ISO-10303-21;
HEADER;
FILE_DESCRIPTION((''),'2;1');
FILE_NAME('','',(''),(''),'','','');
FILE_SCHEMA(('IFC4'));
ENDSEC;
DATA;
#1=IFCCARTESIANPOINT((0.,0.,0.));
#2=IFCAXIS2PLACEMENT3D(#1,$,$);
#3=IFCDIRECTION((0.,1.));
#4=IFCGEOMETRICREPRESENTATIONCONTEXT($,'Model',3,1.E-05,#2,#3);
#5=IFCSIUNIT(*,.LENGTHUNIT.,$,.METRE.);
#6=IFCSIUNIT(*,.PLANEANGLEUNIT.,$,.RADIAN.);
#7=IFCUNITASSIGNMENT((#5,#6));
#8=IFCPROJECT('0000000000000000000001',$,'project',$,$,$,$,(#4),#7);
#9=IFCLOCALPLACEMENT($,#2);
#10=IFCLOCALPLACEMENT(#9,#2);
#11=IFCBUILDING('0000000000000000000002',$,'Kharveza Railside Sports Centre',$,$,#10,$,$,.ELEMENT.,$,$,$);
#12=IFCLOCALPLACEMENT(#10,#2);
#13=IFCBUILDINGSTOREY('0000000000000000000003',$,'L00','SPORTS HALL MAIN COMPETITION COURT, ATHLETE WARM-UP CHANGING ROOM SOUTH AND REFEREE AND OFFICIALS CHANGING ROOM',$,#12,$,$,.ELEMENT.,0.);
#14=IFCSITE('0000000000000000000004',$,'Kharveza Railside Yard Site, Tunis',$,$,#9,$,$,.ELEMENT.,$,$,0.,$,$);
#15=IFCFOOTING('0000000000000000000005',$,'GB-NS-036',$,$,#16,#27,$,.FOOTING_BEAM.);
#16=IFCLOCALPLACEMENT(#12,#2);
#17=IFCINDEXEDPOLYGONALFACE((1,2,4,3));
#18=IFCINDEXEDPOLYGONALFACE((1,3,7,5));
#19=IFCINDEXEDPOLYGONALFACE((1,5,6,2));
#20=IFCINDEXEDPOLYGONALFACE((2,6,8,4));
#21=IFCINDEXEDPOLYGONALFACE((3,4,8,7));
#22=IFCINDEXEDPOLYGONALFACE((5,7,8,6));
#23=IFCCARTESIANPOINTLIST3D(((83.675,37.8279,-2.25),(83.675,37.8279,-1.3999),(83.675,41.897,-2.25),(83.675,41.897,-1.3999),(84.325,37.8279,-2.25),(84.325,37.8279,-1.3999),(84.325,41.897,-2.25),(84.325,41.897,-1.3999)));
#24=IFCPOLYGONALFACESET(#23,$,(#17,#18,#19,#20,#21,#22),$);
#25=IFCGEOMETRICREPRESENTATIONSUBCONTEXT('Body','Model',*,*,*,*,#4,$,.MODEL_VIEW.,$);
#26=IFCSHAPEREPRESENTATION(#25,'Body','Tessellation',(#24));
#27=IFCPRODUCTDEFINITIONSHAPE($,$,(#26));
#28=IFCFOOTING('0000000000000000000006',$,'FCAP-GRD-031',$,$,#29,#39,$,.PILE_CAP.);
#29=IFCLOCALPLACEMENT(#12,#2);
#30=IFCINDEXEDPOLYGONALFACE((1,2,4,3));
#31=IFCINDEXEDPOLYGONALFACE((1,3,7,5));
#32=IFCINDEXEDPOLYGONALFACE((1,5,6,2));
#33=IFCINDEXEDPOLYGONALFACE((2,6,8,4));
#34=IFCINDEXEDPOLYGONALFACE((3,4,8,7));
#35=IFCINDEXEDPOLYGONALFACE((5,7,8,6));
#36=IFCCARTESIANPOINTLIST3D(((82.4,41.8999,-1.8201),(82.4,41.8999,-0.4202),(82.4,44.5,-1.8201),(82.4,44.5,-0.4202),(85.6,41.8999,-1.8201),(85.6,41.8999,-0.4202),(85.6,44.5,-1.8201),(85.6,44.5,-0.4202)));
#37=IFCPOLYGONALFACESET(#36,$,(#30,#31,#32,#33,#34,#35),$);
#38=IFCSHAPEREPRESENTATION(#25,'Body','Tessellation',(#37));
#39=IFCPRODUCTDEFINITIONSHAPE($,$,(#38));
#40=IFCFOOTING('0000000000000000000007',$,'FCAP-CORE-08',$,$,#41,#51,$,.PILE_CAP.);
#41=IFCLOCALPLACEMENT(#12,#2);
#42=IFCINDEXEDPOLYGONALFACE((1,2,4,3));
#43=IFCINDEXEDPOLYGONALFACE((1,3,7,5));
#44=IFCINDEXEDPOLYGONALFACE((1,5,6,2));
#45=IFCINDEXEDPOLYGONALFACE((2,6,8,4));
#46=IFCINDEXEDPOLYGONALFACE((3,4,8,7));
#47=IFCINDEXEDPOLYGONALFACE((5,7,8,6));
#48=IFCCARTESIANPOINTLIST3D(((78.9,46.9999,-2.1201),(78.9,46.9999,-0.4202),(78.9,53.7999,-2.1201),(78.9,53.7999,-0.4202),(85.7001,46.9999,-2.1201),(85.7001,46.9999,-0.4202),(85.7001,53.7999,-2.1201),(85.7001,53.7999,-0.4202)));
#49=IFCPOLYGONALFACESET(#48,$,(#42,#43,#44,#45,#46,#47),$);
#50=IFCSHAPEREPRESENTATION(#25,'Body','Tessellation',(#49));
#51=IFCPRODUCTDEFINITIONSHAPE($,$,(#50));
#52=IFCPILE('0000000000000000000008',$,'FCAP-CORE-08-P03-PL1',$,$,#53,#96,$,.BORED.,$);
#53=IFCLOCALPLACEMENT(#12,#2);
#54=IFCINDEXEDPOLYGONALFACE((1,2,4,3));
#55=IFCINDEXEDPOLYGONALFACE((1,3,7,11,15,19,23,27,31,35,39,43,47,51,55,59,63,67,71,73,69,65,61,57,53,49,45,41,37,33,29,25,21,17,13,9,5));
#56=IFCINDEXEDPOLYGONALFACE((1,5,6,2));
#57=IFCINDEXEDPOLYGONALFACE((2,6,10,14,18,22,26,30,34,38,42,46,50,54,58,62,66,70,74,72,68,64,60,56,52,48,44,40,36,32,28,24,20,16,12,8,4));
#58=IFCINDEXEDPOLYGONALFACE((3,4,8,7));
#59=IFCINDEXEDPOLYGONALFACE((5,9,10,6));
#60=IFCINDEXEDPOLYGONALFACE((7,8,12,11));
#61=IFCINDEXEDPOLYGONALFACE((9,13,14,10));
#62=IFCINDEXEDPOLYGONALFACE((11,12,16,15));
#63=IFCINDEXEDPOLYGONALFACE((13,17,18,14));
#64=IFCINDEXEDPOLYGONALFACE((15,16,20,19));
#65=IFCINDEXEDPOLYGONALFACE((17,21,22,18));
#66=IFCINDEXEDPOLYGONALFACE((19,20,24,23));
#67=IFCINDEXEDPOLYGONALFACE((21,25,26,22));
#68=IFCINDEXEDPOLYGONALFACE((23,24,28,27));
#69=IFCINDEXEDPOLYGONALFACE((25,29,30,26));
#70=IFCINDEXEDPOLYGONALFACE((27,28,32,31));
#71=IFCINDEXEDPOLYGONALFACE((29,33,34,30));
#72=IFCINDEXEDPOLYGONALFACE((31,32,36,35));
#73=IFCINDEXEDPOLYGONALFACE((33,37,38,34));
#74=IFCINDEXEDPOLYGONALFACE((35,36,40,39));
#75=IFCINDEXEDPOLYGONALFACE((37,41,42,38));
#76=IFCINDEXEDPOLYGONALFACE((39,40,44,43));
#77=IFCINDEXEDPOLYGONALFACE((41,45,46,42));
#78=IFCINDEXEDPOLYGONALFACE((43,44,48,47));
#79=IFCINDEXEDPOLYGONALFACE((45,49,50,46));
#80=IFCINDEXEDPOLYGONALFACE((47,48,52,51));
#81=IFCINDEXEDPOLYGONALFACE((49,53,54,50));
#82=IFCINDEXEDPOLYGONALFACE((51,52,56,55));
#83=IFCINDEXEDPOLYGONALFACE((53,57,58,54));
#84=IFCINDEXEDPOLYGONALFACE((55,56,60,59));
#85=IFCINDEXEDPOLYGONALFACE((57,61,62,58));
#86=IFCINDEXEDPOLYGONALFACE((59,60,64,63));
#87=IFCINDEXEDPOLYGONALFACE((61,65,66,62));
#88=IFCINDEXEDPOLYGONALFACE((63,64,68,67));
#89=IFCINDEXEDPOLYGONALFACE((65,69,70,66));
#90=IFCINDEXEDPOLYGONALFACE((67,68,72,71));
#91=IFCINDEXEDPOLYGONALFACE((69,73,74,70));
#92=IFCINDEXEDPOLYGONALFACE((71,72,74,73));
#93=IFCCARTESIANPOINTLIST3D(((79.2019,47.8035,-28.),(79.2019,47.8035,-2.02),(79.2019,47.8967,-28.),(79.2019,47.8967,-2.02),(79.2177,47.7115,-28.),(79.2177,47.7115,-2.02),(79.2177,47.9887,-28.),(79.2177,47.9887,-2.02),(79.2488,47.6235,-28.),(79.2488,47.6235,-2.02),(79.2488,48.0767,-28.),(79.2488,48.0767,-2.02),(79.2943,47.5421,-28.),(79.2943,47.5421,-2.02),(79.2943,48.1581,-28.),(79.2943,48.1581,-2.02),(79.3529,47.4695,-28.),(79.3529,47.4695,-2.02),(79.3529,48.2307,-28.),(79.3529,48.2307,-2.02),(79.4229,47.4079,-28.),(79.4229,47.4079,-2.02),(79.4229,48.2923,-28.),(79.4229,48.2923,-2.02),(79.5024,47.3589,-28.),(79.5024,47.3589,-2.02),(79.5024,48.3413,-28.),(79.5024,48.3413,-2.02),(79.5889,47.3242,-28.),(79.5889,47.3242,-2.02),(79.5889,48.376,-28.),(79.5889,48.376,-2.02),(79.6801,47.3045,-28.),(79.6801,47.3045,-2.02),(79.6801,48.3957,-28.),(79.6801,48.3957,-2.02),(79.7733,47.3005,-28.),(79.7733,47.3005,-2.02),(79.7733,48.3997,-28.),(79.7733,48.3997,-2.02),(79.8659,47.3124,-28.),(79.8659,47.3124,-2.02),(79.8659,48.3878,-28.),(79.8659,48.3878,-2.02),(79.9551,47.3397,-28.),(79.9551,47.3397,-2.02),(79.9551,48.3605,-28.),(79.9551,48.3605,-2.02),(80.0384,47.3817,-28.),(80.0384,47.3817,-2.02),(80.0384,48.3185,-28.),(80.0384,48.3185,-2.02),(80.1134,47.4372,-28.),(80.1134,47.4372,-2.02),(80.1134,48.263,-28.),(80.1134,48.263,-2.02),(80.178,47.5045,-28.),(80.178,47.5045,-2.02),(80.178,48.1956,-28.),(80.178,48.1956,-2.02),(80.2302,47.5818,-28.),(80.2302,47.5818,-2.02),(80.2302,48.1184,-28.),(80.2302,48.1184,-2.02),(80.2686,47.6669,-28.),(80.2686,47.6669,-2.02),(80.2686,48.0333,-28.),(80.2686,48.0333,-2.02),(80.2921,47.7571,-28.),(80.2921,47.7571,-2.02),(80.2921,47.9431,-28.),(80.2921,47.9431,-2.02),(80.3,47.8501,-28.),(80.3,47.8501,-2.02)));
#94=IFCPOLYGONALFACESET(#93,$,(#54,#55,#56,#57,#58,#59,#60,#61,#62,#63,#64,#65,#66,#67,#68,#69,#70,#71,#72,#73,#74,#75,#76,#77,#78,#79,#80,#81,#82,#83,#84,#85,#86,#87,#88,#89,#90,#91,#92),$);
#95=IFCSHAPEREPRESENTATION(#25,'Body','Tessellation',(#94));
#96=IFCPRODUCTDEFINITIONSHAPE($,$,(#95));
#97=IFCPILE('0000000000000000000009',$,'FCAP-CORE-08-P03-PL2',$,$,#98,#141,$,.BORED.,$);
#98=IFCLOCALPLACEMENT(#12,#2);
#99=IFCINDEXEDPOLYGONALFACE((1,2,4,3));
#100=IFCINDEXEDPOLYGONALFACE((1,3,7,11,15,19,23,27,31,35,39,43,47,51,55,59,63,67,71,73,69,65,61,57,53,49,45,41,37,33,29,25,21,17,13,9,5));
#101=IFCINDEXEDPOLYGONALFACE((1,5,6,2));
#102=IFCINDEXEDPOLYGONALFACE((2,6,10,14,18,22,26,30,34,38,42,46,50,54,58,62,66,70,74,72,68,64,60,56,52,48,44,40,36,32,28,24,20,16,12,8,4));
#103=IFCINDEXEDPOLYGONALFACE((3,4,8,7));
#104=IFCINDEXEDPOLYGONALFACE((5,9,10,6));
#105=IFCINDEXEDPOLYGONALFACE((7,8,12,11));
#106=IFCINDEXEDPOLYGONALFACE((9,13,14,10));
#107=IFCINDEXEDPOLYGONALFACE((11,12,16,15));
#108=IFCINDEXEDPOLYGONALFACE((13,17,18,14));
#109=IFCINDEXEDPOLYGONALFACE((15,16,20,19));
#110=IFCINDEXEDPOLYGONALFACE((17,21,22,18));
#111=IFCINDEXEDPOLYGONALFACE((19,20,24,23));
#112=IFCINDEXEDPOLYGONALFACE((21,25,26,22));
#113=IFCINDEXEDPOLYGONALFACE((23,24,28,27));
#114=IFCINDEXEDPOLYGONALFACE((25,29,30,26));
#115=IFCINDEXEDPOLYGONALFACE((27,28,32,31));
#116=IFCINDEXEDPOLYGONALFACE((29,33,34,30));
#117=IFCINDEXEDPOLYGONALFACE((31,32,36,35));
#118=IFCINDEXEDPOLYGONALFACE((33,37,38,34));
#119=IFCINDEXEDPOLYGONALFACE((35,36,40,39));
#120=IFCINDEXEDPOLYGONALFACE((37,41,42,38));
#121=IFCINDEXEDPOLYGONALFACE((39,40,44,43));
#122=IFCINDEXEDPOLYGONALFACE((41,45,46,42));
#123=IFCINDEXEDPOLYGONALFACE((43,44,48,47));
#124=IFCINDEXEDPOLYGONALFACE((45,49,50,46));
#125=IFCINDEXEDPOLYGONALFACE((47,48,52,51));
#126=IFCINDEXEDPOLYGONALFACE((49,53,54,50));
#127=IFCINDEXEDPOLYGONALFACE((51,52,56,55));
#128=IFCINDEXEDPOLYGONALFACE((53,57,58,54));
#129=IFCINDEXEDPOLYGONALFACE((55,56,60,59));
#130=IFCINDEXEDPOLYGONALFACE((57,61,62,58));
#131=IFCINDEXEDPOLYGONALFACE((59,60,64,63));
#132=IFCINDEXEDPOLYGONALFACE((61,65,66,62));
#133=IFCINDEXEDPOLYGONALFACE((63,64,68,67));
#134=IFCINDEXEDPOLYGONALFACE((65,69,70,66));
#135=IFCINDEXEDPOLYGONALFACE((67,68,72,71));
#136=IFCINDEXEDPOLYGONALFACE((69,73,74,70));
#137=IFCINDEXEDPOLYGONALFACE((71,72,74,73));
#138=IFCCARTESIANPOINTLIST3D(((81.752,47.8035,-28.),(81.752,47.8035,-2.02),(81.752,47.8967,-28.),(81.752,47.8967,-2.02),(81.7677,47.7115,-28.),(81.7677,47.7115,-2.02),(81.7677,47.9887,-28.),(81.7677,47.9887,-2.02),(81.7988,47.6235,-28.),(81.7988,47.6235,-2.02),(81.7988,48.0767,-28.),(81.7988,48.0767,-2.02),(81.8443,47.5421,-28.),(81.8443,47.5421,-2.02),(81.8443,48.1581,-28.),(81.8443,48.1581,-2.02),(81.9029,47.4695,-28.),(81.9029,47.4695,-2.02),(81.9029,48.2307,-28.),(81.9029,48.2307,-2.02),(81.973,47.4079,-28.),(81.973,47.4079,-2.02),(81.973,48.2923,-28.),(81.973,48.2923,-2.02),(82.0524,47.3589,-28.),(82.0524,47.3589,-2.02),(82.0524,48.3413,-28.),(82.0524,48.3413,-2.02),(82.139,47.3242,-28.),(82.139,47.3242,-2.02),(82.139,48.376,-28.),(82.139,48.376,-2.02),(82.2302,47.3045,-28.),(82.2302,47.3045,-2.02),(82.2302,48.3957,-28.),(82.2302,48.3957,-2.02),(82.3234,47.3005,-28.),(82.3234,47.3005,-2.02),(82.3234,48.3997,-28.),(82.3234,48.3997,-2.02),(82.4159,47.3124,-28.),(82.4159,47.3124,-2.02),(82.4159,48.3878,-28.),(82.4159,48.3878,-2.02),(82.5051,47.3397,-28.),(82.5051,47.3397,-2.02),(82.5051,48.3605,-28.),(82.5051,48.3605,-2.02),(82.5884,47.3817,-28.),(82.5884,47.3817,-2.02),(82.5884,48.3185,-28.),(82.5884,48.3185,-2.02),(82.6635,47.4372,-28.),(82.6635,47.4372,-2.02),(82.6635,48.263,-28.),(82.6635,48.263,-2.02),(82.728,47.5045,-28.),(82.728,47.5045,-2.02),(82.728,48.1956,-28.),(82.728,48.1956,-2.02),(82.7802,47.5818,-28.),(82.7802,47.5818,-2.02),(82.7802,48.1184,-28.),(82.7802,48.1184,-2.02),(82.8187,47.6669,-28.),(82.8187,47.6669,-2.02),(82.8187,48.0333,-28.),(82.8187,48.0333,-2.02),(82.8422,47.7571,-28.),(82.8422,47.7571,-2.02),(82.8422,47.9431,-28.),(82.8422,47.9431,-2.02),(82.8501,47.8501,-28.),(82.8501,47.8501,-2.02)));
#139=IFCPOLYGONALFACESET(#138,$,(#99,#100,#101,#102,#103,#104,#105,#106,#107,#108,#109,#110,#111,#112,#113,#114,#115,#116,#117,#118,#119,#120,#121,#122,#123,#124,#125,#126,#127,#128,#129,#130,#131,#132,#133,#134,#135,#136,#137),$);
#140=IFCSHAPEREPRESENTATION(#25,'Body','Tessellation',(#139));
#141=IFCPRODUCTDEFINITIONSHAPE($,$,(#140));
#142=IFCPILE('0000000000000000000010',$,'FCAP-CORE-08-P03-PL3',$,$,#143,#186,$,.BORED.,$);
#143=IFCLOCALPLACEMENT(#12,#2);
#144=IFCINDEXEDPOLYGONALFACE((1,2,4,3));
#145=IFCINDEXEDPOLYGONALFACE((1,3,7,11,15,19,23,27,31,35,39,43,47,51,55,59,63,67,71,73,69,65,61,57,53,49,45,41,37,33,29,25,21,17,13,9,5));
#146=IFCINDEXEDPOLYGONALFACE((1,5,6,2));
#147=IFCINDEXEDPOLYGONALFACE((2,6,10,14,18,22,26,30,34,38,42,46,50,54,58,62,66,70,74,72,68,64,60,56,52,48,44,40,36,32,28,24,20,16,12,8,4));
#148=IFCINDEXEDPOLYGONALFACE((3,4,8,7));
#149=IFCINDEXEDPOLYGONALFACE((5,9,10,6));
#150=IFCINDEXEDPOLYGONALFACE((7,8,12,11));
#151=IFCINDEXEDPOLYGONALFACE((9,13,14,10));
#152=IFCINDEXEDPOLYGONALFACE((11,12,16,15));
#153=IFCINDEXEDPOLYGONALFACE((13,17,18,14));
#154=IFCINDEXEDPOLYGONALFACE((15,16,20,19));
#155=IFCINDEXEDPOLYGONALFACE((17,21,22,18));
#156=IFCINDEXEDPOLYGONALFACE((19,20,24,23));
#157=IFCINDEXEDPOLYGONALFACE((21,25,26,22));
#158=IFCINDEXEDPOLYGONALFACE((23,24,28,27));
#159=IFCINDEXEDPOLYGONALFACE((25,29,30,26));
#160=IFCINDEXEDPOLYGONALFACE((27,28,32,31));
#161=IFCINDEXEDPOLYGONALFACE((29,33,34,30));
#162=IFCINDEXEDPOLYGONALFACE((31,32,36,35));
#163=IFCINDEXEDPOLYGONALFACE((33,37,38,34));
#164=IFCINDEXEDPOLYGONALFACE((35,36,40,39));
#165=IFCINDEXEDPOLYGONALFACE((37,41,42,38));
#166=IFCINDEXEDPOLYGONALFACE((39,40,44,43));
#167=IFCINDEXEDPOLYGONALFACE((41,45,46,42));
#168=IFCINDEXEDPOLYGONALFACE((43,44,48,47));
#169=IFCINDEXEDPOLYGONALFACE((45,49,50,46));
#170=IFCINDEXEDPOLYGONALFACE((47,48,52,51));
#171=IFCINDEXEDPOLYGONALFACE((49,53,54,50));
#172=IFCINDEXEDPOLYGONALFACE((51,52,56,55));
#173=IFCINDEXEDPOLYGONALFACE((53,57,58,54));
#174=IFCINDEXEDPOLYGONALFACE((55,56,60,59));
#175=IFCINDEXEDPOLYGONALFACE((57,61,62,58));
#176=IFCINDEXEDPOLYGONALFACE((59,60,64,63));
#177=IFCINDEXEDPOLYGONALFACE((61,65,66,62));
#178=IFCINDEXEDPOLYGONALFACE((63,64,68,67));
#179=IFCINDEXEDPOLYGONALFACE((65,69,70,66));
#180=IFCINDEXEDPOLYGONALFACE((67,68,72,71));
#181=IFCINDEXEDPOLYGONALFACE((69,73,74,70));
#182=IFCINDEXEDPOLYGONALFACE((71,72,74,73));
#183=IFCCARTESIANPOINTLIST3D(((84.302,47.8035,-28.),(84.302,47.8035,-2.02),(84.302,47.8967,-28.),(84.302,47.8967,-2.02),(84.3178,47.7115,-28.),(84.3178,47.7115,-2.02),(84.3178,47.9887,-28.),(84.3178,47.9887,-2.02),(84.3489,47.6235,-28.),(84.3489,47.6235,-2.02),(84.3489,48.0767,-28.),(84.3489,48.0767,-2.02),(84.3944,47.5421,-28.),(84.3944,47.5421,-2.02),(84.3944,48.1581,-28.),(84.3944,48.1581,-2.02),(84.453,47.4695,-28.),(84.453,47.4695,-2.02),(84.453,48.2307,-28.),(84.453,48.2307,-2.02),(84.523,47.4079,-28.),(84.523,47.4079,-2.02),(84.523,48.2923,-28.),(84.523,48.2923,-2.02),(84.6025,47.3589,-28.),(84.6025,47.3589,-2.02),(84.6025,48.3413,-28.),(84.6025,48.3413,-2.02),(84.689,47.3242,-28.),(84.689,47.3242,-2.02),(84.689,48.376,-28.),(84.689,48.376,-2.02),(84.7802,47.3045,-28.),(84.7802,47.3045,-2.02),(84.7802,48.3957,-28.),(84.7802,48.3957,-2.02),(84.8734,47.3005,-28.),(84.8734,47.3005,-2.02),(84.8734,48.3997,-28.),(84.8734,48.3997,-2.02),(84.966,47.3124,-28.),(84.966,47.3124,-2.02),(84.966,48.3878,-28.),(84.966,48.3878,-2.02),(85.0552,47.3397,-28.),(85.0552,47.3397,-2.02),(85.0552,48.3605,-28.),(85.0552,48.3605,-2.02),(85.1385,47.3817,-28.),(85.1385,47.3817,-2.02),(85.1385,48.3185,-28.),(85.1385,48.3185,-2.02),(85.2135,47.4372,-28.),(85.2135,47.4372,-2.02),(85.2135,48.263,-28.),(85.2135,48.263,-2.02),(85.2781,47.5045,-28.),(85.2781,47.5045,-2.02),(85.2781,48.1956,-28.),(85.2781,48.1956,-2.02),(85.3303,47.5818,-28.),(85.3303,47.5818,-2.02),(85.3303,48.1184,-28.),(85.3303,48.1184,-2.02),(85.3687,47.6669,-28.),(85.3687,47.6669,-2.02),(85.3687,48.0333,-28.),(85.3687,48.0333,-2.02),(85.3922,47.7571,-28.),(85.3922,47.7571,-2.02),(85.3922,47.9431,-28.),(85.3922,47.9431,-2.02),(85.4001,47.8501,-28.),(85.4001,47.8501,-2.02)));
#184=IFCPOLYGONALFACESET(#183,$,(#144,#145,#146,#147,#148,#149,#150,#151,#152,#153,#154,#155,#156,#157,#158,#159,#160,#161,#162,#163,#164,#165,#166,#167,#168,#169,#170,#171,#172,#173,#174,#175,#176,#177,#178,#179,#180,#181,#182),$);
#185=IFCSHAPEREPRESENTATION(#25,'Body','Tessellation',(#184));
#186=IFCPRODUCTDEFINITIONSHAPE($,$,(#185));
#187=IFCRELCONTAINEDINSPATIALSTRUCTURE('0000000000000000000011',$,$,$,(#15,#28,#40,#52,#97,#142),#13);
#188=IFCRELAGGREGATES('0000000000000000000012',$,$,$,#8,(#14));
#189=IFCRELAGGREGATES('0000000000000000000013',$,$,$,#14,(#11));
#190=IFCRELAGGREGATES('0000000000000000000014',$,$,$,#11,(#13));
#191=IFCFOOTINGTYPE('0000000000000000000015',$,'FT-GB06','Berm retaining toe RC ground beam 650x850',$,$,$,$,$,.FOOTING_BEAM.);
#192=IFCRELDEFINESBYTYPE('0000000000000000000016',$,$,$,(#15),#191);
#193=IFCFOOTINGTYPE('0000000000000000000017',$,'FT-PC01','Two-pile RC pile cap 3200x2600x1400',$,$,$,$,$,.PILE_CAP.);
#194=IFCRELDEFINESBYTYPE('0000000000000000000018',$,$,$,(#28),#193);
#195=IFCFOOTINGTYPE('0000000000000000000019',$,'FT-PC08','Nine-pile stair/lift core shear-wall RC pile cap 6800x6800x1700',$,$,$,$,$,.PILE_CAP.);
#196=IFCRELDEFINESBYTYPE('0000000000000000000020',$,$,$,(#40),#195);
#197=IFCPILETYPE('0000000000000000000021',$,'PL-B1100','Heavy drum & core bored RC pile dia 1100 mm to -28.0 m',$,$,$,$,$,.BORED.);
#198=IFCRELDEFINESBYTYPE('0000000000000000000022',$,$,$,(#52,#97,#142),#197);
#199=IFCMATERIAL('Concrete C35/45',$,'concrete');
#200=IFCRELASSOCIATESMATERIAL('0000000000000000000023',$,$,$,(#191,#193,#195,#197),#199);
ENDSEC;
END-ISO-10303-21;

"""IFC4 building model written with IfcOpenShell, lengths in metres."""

from ifc_helpers import new_model, si_unit, direction, frame, origin, origin_2d, place, context, subcontext, project, spatial, rectangle, circle, extrude, material, material_profile, profile_set, type_object, element, save


model = new_model("IFC4")

# Units and contexts
model_context = context("Model", 3, precision=1e-05, world=origin(), true_north=direction((0.0, 1.0)))
body_context = subcontext(model_context, "Body", "Model", "MODEL_VIEW")
ifc_project = project(units=[si_unit("LENGTHUNIT", "METRE"), si_unit("PLANEANGLEUNIT", "RADIAN")], contexts=[model_context])

# Site, building, storey
site_placement = place(None, origin())
site = spatial("IfcSite", under=ifc_project, at=site_placement, Name="Kharveza Railside Yard Site, Tunis", CompositionType="ELEMENT", RefElevation=0.0)
building_placement = place(site_placement, origin())
building = spatial("IfcBuilding", under=site, at=building_placement, Name="Kharveza Railside Sports Centre", CompositionType="ELEMENT")
storey_placement = place(building_placement, origin())
storey = spatial("IfcBuildingStorey", under=building, at=storey_placement, Name="L00", Description="SPORTS HALL MAIN COMPETITION COURT, ATHLETE WARM-UP CHANGING ROOM SOUTH AND REFEREE AND OFFICIALS CHANGING ROOM", CompositionType="ELEMENT", Elevation=0.0)

# Footings
ifc_material_1 = material(Name="Concrete C35/45", Category="concrete")
ifc_material_profile_1 = material_profile(ifc_material_1, rectangle(XDim=0.6499, YDim=0.8501, at=origin_2d()), Name="GB 650x850")
ifc_profile_set_1 = profile_set([ifc_material_profile_1], Name="Concrete C35/45")
footing_type_1 = type_object("IfcFootingType", Name="FT-GB06", Description="Berm retaining toe RC ground beam 650x850", PredefinedType="FOOTING_BEAM", material=ifc_profile_set_1)
footing_1_placement = place(storey_placement, frame((84.0, 37.8279, -1.825), z_axis=(0.0, 1.0, 0.0), x_axis=(-1.0, 0.0, 0.0)))
element("IfcFooting", 1, at=footing_1_placement, inside=storey, type_object=footing_type_1, Name="GB-NS-036", PredefinedType="FOOTING_BEAM", context=body_context, shape_type="SweptSolid", body=[
    extrude(rectangle(XDim=0.6499, YDim=0.8501, at=origin_2d()), origin(), (0.0, 0.0, 1.0), 4.0691),
])
footing_type_2 = type_object("IfcFootingType", Name="FT-PC01", Description="Two-pile RC pile cap 3200x2600x1400", PredefinedType="PILE_CAP", material=ifc_material_1)
footing_2_placement = place(storey_placement, frame((84.0, 43.2, -1.8201), z_axis=(0.0, 0.0, 1.0), x_axis=(1.0, 0.0, 0.0)))
element("IfcFooting", 2, at=footing_2_placement, inside=storey, type_object=footing_type_2, Name="FCAP-GRD-031", PredefinedType="PILE_CAP", context=body_context, shape_type="SweptSolid", body=[
    extrude(rectangle(XDim=3.2, YDim=2.6001, at=origin_2d()), origin(), (0.0, 0.0, 1.0), 1.3999),
])
footing_type_3 = type_object("IfcFootingType", Name="FT-PC08", Description="Nine-pile stair/lift core shear-wall RC pile cap 6800x6800x1700", PredefinedType="PILE_CAP", material=ifc_material_1)
footing_3_placement = place(storey_placement, frame((82.3, 50.3999, -2.1201), z_axis=(0.0, 0.0, 1.0), x_axis=(1.0, 0.0, 0.0)))
element("IfcFooting", 3, at=footing_3_placement, inside=storey, type_object=footing_type_3, Name="FCAP-CORE-08", PredefinedType="PILE_CAP", context=body_context, shape_type="SweptSolid", body=[
    extrude(rectangle(XDim=6.8, YDim=6.8, at=origin_2d()), origin(), (0.0, 0.0, 1.0), 1.7),
])

# Piles
ifc_material_profile_2 = material_profile(ifc_material_1, circle(Radius=0.55, at=origin_2d()), Name="PILE D1100")
ifc_profile_set_2 = profile_set([ifc_material_profile_2], Name="Concrete C35/45")
pile_type_1 = type_object("IfcPileType", Name="PL-B1100", Description="Heavy drum & core bored RC pile dia 1100 mm to -28.0 m", PredefinedType="BORED", material=ifc_profile_set_2)
for number, where, z_axis, x_axis, name in (
    (4, (79.75, 47.8501, -2.02), (0.0, 0.0, -1.0), (1.0, 0.0, 0.0), "FCAP-CORE-08-P03-PL1"),
    (5, (82.3, 47.8501, -2.02), (0.0, 0.0, -1.0), (1.0, 0.0, 0.0), "FCAP-CORE-08-P03-PL2"),
    (6, (84.8501, 47.8501, -2.02), (0.0, 0.0, -1.0), (1.0, 0.0, 0.0), "FCAP-CORE-08-P03-PL3"),
):
    element("IfcPile", number, at=place(storey_placement, frame(where, z_axis=z_axis, x_axis=x_axis)), inside=storey, type_object=pile_type_1, Name=name, PredefinedType="BORED", context=body_context, shape_type="SweptSolid", body=[
        extrude(circle(Radius=0.55, at=origin_2d()), origin(), (0.0, 0.0, 1.0), 25.98),
    ])

save(model, "model.ifc")
